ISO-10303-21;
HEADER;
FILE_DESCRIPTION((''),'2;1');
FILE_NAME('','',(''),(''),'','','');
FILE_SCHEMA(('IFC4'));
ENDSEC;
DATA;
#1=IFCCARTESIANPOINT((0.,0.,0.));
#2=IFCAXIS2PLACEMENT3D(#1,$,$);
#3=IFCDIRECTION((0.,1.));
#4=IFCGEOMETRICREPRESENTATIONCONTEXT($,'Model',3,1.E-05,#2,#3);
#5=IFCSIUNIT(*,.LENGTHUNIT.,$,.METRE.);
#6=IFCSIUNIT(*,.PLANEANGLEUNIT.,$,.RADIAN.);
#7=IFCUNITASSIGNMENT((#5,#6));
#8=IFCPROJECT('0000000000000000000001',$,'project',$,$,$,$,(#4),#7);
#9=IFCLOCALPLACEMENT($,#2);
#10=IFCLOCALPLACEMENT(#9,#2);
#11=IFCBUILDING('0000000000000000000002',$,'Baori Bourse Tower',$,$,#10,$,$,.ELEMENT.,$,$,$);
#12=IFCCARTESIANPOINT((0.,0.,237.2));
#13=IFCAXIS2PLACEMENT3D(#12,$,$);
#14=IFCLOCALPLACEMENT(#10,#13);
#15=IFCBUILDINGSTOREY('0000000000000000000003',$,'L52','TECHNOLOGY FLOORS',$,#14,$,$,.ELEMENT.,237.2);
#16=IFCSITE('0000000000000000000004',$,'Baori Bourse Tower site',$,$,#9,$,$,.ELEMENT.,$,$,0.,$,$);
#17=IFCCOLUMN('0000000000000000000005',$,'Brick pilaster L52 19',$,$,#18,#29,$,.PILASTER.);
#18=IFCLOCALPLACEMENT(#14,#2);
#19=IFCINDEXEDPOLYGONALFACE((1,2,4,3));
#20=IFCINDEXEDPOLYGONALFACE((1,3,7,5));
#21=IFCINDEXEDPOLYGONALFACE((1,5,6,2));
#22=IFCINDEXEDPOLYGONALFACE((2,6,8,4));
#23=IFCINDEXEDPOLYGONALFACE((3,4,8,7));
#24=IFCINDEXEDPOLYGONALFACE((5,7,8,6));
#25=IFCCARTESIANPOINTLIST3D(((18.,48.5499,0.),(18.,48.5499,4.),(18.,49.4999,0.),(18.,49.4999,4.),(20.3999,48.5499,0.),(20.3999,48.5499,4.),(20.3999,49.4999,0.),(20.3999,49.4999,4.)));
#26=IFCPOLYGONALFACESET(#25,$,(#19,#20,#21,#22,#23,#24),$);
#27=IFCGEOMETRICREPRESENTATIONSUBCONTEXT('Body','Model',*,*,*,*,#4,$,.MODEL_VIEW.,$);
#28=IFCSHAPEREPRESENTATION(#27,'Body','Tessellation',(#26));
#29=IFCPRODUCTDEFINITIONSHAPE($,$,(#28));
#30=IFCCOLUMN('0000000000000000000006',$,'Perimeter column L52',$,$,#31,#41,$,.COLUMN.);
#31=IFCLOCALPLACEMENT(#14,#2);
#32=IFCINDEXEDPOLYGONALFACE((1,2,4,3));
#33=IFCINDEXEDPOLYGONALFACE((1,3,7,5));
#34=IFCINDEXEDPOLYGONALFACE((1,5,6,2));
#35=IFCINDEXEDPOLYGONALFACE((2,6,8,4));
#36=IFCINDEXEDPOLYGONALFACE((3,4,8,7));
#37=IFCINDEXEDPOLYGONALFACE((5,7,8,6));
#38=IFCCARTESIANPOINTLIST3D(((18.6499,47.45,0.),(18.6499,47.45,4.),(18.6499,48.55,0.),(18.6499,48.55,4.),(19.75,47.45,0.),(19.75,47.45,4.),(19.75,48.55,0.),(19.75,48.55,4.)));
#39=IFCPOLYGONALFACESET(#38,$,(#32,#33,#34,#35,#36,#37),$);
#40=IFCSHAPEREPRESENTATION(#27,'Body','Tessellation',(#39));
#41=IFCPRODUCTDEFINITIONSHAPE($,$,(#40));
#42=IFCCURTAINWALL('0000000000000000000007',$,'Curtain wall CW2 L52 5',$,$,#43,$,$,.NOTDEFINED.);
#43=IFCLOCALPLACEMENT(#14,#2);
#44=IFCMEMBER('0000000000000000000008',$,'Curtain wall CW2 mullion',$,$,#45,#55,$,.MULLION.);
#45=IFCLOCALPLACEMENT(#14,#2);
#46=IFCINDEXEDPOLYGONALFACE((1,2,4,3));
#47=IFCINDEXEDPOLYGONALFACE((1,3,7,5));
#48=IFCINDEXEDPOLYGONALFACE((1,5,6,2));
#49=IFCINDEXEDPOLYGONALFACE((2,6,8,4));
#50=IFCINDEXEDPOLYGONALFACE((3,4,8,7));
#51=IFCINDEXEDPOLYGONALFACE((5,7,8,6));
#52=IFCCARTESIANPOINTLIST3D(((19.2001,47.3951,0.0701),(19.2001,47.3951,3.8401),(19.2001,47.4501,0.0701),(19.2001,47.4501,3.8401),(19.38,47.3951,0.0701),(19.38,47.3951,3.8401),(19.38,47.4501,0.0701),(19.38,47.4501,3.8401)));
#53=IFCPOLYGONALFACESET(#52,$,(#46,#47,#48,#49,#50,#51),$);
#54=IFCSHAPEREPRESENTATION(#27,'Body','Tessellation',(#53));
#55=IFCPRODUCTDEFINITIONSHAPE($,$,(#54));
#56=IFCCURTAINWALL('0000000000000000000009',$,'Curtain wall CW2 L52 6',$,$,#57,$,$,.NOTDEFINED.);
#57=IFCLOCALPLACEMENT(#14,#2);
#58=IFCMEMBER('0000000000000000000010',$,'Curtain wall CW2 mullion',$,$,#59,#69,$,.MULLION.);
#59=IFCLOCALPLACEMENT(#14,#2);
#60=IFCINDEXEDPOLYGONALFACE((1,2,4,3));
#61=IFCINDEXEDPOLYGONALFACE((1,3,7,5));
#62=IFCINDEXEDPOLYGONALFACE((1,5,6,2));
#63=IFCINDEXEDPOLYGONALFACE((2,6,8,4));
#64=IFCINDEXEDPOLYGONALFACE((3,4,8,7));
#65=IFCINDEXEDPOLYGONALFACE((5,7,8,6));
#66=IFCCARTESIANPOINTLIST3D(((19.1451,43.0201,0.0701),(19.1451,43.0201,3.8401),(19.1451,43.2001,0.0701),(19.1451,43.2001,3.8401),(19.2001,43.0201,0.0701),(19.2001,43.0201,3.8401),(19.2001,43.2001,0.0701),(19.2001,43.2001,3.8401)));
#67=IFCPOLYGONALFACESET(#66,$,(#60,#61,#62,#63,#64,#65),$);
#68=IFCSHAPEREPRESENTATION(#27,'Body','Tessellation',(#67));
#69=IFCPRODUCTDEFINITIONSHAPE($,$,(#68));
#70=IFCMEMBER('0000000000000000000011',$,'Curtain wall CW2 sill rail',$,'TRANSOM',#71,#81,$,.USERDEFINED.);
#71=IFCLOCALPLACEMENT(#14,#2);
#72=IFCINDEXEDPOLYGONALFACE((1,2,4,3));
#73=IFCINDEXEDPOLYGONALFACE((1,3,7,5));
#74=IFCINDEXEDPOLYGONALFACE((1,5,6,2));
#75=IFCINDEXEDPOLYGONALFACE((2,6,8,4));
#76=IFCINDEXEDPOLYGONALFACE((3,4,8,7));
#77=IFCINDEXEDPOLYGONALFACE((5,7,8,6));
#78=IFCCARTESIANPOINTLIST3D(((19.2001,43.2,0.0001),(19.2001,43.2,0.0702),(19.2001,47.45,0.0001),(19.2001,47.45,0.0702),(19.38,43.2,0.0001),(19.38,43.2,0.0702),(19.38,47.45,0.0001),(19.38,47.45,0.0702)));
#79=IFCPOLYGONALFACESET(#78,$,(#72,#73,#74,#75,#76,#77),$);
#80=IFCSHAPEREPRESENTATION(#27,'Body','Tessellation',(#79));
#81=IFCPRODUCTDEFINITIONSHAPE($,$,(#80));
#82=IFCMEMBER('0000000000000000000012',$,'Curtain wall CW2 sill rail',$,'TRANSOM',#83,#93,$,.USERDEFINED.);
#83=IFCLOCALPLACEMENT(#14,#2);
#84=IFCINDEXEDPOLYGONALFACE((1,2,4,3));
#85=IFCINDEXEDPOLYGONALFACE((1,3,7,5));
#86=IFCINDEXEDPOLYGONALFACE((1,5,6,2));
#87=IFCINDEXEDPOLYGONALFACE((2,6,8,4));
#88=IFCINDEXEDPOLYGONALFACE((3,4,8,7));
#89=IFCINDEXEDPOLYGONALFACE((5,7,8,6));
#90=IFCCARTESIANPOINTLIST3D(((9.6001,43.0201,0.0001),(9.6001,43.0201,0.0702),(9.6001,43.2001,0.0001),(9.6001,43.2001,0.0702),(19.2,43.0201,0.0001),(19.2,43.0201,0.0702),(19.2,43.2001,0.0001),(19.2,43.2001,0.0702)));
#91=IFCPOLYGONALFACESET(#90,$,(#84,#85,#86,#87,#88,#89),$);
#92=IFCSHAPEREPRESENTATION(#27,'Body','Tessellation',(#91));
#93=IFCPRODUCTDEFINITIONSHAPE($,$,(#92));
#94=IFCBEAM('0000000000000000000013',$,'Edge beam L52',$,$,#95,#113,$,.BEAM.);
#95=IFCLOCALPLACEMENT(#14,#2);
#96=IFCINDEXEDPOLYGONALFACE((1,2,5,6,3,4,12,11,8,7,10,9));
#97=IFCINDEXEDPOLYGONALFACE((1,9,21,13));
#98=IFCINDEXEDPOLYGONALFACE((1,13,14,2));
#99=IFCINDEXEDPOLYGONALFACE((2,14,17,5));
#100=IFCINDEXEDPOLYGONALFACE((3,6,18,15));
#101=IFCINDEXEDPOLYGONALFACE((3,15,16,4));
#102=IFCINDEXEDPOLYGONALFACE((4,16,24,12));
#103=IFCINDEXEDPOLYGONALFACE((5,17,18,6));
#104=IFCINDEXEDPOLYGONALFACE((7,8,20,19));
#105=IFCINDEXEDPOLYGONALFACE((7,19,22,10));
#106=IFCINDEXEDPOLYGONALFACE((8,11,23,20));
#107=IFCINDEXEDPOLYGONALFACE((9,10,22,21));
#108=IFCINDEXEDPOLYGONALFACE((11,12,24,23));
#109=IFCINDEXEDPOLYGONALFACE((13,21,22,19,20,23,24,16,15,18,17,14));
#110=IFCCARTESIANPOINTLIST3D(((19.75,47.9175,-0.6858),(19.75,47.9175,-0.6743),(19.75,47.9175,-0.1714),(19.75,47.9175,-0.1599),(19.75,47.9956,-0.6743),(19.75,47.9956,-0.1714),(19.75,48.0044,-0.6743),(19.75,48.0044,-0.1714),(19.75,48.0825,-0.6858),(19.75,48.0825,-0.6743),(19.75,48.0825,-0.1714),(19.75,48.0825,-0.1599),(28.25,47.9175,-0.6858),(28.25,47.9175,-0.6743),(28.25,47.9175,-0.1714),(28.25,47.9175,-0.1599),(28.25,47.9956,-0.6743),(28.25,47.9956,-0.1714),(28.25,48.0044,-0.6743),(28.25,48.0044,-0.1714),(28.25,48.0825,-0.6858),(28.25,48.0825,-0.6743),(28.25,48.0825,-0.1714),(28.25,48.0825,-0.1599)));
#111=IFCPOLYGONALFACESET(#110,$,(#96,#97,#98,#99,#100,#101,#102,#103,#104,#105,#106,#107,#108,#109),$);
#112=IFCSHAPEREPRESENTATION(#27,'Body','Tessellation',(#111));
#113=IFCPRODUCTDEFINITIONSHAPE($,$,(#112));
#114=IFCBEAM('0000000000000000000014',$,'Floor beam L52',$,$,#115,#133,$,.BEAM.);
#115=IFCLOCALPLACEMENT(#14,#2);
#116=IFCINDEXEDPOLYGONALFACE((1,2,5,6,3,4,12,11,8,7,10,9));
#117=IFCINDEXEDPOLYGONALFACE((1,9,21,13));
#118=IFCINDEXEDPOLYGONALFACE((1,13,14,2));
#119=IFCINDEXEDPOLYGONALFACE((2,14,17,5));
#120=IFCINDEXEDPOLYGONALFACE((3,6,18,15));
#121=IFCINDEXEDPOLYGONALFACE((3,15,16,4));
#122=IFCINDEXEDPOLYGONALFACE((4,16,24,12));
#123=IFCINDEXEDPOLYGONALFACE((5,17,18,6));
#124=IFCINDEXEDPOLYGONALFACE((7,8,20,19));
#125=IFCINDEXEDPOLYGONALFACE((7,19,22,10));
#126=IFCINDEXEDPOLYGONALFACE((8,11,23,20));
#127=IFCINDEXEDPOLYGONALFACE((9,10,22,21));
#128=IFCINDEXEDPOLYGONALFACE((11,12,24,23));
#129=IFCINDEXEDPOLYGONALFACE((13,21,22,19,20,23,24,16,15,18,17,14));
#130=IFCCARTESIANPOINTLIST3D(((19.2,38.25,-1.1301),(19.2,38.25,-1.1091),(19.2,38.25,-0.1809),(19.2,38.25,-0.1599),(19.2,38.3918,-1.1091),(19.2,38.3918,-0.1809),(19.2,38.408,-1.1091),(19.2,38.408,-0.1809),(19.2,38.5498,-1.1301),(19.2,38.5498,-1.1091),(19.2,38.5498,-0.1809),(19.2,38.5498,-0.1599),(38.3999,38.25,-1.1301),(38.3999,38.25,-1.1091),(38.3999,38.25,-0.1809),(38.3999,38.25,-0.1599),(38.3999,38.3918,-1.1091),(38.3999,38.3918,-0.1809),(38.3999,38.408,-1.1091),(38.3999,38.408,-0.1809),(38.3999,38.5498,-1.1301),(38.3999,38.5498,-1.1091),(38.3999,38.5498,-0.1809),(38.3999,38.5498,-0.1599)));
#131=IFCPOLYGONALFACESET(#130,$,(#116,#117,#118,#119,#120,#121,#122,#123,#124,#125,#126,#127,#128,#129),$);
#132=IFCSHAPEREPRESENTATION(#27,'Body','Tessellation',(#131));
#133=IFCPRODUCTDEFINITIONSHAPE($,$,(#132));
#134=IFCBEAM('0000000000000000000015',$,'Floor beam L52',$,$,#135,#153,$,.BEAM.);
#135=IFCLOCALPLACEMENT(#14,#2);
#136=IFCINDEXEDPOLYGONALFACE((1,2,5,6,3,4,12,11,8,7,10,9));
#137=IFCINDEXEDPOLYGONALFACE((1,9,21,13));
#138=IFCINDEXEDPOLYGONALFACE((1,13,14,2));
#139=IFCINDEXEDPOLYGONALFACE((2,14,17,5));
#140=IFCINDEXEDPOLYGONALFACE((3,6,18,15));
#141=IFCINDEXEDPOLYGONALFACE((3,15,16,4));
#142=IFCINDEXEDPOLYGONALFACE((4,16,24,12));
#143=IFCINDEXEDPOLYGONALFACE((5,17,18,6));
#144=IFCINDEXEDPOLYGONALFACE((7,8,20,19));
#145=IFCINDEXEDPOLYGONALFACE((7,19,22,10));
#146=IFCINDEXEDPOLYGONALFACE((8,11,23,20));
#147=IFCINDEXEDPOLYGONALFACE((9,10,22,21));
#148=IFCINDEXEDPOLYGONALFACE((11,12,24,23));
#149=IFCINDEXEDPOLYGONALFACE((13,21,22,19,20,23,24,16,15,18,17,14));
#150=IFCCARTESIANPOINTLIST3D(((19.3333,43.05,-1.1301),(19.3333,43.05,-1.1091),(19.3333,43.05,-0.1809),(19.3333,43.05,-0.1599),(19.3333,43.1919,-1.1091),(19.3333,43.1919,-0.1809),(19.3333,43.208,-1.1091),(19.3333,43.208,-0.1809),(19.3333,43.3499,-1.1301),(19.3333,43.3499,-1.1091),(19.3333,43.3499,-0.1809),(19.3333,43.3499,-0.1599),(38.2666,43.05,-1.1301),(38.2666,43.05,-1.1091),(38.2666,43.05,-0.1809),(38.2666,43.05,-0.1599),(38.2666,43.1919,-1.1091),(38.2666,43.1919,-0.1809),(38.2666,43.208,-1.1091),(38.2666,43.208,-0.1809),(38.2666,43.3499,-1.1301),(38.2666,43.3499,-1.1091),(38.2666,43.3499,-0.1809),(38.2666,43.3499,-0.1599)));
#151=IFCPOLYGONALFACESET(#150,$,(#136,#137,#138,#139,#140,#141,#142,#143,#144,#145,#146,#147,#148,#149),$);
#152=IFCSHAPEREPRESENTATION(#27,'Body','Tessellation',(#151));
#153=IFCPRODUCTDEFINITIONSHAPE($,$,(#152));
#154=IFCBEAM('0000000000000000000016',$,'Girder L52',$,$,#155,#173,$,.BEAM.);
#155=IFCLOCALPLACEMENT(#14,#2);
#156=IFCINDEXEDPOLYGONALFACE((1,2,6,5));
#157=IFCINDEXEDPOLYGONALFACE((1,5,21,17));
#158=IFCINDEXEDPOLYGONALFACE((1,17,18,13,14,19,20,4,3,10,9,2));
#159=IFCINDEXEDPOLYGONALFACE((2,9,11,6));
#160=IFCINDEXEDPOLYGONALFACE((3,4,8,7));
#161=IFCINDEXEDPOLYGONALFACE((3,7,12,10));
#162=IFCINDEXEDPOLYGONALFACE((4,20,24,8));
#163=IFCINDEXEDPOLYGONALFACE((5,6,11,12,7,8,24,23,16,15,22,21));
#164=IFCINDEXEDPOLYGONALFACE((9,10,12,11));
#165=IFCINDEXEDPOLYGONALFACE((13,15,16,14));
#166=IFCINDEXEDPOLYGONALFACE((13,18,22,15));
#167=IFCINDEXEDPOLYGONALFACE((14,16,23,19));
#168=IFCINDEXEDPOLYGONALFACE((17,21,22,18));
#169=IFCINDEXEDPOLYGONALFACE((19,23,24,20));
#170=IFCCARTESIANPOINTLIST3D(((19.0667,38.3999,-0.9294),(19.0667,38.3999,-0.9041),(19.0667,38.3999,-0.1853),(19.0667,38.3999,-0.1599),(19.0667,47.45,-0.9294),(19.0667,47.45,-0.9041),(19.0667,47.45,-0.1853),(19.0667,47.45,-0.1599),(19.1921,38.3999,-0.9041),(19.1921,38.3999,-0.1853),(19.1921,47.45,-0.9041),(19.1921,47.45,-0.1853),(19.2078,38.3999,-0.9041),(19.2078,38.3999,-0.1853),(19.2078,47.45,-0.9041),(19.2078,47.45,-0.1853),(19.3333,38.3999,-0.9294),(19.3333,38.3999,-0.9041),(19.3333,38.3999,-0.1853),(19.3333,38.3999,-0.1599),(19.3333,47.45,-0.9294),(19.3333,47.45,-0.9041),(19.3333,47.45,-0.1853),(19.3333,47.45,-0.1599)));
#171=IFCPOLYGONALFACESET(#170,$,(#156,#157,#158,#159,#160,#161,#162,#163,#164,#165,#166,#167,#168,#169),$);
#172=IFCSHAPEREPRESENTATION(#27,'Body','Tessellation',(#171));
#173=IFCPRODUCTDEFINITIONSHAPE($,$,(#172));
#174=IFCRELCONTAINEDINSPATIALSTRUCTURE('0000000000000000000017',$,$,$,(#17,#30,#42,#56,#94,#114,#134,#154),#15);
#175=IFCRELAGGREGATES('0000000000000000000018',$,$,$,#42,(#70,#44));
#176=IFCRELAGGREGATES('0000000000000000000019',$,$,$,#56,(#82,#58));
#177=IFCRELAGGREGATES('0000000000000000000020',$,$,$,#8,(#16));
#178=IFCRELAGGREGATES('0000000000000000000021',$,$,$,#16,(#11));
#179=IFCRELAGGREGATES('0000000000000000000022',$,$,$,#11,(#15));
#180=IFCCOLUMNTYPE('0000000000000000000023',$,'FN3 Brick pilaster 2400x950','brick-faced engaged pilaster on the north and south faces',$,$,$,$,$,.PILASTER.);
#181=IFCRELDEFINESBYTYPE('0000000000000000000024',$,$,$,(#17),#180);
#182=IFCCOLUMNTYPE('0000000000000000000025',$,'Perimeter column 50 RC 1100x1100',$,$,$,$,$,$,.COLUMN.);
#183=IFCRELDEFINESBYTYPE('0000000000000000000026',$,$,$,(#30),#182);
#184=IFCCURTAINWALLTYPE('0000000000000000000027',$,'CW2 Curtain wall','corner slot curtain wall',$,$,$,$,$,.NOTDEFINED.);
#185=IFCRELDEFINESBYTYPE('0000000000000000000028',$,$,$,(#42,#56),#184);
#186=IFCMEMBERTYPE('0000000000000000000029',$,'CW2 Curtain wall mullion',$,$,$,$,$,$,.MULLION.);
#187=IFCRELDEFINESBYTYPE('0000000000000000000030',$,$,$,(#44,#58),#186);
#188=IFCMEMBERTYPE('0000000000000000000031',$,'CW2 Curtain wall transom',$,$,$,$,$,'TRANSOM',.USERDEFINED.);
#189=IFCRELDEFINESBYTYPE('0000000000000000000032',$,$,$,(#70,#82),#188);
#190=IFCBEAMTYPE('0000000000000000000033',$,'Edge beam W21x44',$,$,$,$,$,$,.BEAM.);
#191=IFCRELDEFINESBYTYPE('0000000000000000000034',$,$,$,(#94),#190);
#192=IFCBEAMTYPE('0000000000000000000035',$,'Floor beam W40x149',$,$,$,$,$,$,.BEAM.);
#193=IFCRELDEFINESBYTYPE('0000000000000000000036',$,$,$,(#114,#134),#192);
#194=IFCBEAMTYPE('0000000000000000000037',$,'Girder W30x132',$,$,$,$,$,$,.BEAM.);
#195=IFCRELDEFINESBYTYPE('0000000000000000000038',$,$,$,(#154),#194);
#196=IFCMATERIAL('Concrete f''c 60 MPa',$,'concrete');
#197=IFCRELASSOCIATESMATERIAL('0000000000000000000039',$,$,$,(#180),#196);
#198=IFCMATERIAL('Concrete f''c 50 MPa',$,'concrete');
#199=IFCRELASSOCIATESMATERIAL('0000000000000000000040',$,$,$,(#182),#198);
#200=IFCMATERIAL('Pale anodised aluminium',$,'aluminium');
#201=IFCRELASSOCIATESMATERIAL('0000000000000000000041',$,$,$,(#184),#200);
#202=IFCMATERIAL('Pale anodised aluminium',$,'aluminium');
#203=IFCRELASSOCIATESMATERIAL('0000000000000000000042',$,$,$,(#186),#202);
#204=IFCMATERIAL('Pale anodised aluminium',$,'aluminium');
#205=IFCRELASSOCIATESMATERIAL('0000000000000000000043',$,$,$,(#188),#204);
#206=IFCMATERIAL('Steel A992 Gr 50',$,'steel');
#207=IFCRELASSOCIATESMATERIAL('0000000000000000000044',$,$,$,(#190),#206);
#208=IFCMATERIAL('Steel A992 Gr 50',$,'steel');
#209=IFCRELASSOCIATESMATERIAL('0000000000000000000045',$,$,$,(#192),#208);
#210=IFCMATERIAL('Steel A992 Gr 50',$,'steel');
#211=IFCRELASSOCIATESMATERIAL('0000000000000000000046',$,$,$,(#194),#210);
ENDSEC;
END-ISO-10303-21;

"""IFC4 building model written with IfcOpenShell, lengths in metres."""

from ifc_helpers import new_model, si_unit, direction, frame, origin, origin_2d, place, context, subcontext, project, spatial, rectangle, i_section, extrude, material, material_profile, profile_set, type_object, element, aggregate, save


model = new_model("IFC4")

# Units and contexts
model_context = context("Model", 3, precision=1e-05, world=origin(), true_north=direction((0.0, 1.0)))
body_context = subcontext(model_context, "Body", "Model", "MODEL_VIEW")
ifc_project = project(units=[si_unit("LENGTHUNIT", "METRE"), si_unit("PLANEANGLEUNIT", "RADIAN")], contexts=[model_context])

# Site, building, storey
site_placement = place(None, origin())
site = spatial("IfcSite", under=ifc_project, at=site_placement, Name="Baori Bourse Tower site", CompositionType="ELEMENT", RefElevation=0.0)
building_placement = place(site_placement, origin())
building = spatial("IfcBuilding", under=site, at=building_placement, Name="Baori Bourse Tower", CompositionType="ELEMENT")
storey_placement = place(building_placement, frame((0.0, 0.0, 237.2)))
storey = spatial("IfcBuildingStorey", under=building, at=storey_placement, Name="L52", Description="TECHNOLOGY FLOORS", CompositionType="ELEMENT", Elevation=237.2)

# Columns
ifc_material_1 = material(Name="Concrete f'c 60 MPa", Category="concrete")
ifc_material_profile_1 = material_profile(ifc_material_1, rectangle(XDim=2.3999, YDim=0.95, at=origin_2d()), Name="RC 2400x950")
ifc_profile_set_1 = profile_set([ifc_material_profile_1], Name="Concrete f'c 60 MPa")
column_type_1 = type_object("IfcColumnType", Name="FN3 Brick pilaster 2400x950", Description="brick-faced engaged pilaster on the north and south faces", PredefinedType="PILASTER", material=ifc_profile_set_1)
column_1_placement = place(storey_placement, frame((19.2, 49.0249, 0.0), z_axis=(0.0, 0.0, 1.0), x_axis=(1.0, 0.0, 0.0)))
element("IfcColumn", 1, at=column_1_placement, inside=storey, type_object=column_type_1, Name="Brick pilaster L52 19", PredefinedType="PILASTER", context=body_context, shape_type="SweptSolid", body=[
    extrude(rectangle(XDim=2.3999, YDim=0.95, at=origin_2d()), origin(), (0.0, 0.0, 1.0), 4.0),
])
ifc_material_2 = material(Name="Concrete f'c 50 MPa", Category="concrete")
ifc_material_profile_2 = material_profile(ifc_material_2, rectangle(XDim=1.1001, YDim=1.1001, at=origin_2d()), Name="RC 1100x1100")
ifc_profile_set_2 = profile_set([ifc_material_profile_2], Name="Concrete f'c 50 MPa")
column_type_2 = type_object("IfcColumnType", Name="Perimeter column 50 RC 1100x1100", PredefinedType="COLUMN", material=ifc_profile_set_2)
column_2_placement = place(storey_placement, frame((19.2, 48.0, 0.0), z_axis=(0.0, 0.0, 1.0), x_axis=(1.0, 0.0, 0.0)))
element("IfcColumn", 2, at=column_2_placement, inside=storey, type_object=column_type_2, Name="Perimeter column L52", PredefinedType="COLUMN", context=body_context, shape_type="SweptSolid", body=[
    extrude(rectangle(XDim=1.1001, YDim=1.1001, at=origin_2d()), origin(), (0.0, 0.0, 1.0), 4.0),
])

# Curtain walls, members
ifc_material_3 = material(Name="Pale anodised aluminium", Category="aluminium")
curtain_wall_type = type_object("IfcCurtainWallType", Name="CW2 Curtain wall", Description="corner slot curtain wall", PredefinedType="NOTDEFINED", material=ifc_material_3)
curtain_wall_1_placement = place(storey_placement, origin())
curtain_wall_1 = element("IfcCurtainWall", 3, at=curtain_wall_1_placement, inside=storey, type_object=curtain_wall_type, Name="Curtain wall CW2 L52 5", PredefinedType="NOTDEFINED")
ifc_material_4 = material(Name="Pale anodised aluminium", Category="aluminium")
ifc_material_profile_3 = material_profile(ifc_material_4, rectangle(XDim=0.1799, YDim=0.0549, at=origin_2d()), Name="Mullion 55x180")
ifc_profile_set_3 = profile_set([ifc_material_profile_3], Name="Pale anodised aluminium")
member_type_1 = type_object("IfcMemberType", Name="CW2 Curtain wall mullion", PredefinedType="MULLION", material=ifc_profile_set_3)
member_1_placement = place(storey_placement, frame((19.29, 47.4226, 0.0701), z_axis=(0.0, 0.0, 1.0), x_axis=(1.0, 0.0, 0.0)))
member_1 = element("IfcMember", 4, at=member_1_placement, type_object=member_type_1, Name="Curtain wall CW2 mullion", PredefinedType="MULLION", context=body_context, shape_type="SweptSolid", body=[
    extrude(rectangle(XDim=0.1799, YDim=0.0549, at=origin_2d()), origin(), (0.0, 0.0, 1.0), 3.77),
])
curtain_wall_2_placement = place(storey_placement, origin())
curtain_wall_2 = element("IfcCurtainWall", 5, at=curtain_wall_2_placement, inside=storey, type_object=curtain_wall_type, Name="Curtain wall CW2 L52 6", PredefinedType="NOTDEFINED")
member_2_placement = place(storey_placement, frame((19.1726, 43.1101, 0.0701), z_axis=(0.0, 0.0, 1.0), x_axis=(0.0, -1.0, 0.0)))
member_2 = element("IfcMember", 6, at=member_2_placement, type_object=member_type_1, Name="Curtain wall CW2 mullion", PredefinedType="MULLION", context=body_context, shape_type="SweptSolid", body=[
    extrude(rectangle(XDim=0.1799, YDim=0.0549, at=origin_2d()), origin(), (0.0, 0.0, 1.0), 3.77),
])

# Members
ifc_material_5 = material(Name="Pale anodised aluminium", Category="aluminium")
ifc_material_profile_4 = material_profile(ifc_material_5, rectangle(XDim=0.1799, YDim=0.0701, at=origin_2d()), Name="Transom 70x180")
ifc_profile_set_4 = profile_set([ifc_material_profile_4], Name="Pale anodised aluminium")
member_type_2 = type_object("IfcMemberType", Name="CW2 Curtain wall transom", ElementType="TRANSOM", PredefinedType="USERDEFINED", material=ifc_profile_set_4)
member_3_placement = place(storey_placement, frame((19.29, 47.45, 0.0352), z_axis=(0.0, -1.0, 0.0), x_axis=(1.0, 0.0, 0.0)))
member_3 = element("IfcMember", 7, at=member_3_placement, type_object=member_type_2, Name="Curtain wall CW2 sill rail", ObjectType="TRANSOM", PredefinedType="USERDEFINED", context=body_context, shape_type="SweptSolid", body=[
    extrude(rectangle(XDim=0.1799, YDim=0.0701, at=origin_2d()), origin(), (0.0, 0.0, 1.0), 4.25),
])
member_4_placement = place(storey_placement, frame((19.2, 43.1101, 0.0352), z_axis=(-1.0, 0.0, 0.0), x_axis=(0.0, -1.0, 0.0)))
member_4 = element("IfcMember", 8, at=member_4_placement, type_object=member_type_2, Name="Curtain wall CW2 sill rail", ObjectType="TRANSOM", PredefinedType="USERDEFINED", context=body_context, shape_type="SweptSolid", body=[
    extrude(rectangle(XDim=0.1799, YDim=0.0701, at=origin_2d()), origin(), (0.0, 0.0, 1.0), 9.5999),
])

# Beams
ifc_material_6 = material(Name="Steel A992 Gr 50", Category="steel")
ifc_material_profile_5 = material_profile(ifc_material_6, i_section(OverallWidth=0.165, OverallDepth=0.5259, WebThickness=0.0088, FlangeThickness=0.0115, at=origin_2d()), Name="W21x44")
ifc_profile_set_5 = profile_set([ifc_material_profile_5], Name="Steel A992 Gr 50")
beam_type_1 = type_object("IfcBeamType", Name="Edge beam W21x44", PredefinedType="BEAM", material=ifc_profile_set_5)
beam_1_placement = place(storey_placement, frame((19.75, 48.0, -0.4229), z_axis=(1.0, 0.0, 0.0), x_axis=(0.0, 1.0, 0.0)))
element("IfcBeam", 9, at=beam_1_placement, inside=storey, type_object=beam_type_1, Name="Edge beam L52", PredefinedType="BEAM", context=body_context, shape_type="SweptSolid", body=[
    extrude(i_section(OverallWidth=0.165, OverallDepth=0.5259, WebThickness=0.0088, FlangeThickness=0.0115, at=origin_2d()), origin(), (0.0, 0.0, 1.0), 8.5),
])
ifc_material_7 = material(Name="Steel A992 Gr 50", Category="steel")
ifc_material_profile_6 = material_profile(ifc_material_7, i_section(OverallWidth=0.2998, OverallDepth=0.9702, WebThickness=0.0161, FlangeThickness=0.021, at=origin_2d()), Name="W40x149")
ifc_profile_set_6 = profile_set([ifc_material_profile_6], Name="Steel A992 Gr 50")
beam_type_2 = type_object("IfcBeamType", Name="Floor beam W40x149", PredefinedType="BEAM", material=ifc_profile_set_6)
beam_2_placement = place(storey_placement, frame((19.2, 38.3999, -0.645), z_axis=(1.0, 0.0, 0.0), x_axis=(0.0, 1.0, 0.0)))
element("IfcBeam", 10, at=beam_2_placement, inside=storey, type_object=beam_type_2, Name="Floor beam L52", PredefinedType="BEAM", context=body_context, shape_type="SweptSolid", body=[
    extrude(i_section(OverallWidth=0.2998, OverallDepth=0.9702, WebThickness=0.0161, FlangeThickness=0.021, at=origin_2d()), origin(), (0.0, 0.0, 1.0), 19.2),
])
beam_3_placement = place(storey_placement, frame((19.3333, 43.2, -0.645), z_axis=(1.0, 0.0, 0.0), x_axis=(0.0, 1.0, 0.0)))
element("IfcBeam", 11, at=beam_3_placement, inside=storey, type_object=beam_type_2, Name="Floor beam L52", PredefinedType="BEAM", context=body_context, shape_type="SweptSolid", body=[
    extrude(i_section(OverallWidth=0.2998, OverallDepth=0.9702, WebThickness=0.0161, FlangeThickness=0.021, at=origin_2d()), origin(), (0.0, 0.0, 1.0), 18.9333),
])
ifc_material_8 = material(Name="Steel A992 Gr 50", Category="steel")
ifc_material_profile_7 = material_profile(ifc_material_8, i_section(OverallWidth=0.2666, OverallDepth=0.7695, WebThickness=0.0156, FlangeThickness=0.0254, at=origin_2d()), Name="W30x132")
ifc_profile_set_7 = profile_set([ifc_material_profile_7], Name="Steel A992 Gr 50")
beam_type_3 = type_object("IfcBeamType", Name="Girder W30x132", PredefinedType="BEAM", material=ifc_profile_set_7)
beam_4_placement = place(storey_placement, frame((19.2, 38.3999, -0.5447), z_axis=(0.0, 1.0, 0.0), x_axis=(-1.0, 0.0, 0.0)))
element("IfcBeam", 12, at=beam_4_placement, inside=storey, type_object=beam_type_3, Name="Girder L52", PredefinedType="BEAM", context=body_context, shape_type="SweptSolid", body=[
    extrude(i_section(OverallWidth=0.2666, OverallDepth=0.7695, WebThickness=0.0156, FlangeThickness=0.0254, at=origin_2d()), origin(), (0.0, 0.0, 1.0), 9.05),
])

aggregate(curtain_wall_1, [member_3, member_1])
aggregate(curtain_wall_2, [member_4, member_2])

save(model, "model.ifc")
